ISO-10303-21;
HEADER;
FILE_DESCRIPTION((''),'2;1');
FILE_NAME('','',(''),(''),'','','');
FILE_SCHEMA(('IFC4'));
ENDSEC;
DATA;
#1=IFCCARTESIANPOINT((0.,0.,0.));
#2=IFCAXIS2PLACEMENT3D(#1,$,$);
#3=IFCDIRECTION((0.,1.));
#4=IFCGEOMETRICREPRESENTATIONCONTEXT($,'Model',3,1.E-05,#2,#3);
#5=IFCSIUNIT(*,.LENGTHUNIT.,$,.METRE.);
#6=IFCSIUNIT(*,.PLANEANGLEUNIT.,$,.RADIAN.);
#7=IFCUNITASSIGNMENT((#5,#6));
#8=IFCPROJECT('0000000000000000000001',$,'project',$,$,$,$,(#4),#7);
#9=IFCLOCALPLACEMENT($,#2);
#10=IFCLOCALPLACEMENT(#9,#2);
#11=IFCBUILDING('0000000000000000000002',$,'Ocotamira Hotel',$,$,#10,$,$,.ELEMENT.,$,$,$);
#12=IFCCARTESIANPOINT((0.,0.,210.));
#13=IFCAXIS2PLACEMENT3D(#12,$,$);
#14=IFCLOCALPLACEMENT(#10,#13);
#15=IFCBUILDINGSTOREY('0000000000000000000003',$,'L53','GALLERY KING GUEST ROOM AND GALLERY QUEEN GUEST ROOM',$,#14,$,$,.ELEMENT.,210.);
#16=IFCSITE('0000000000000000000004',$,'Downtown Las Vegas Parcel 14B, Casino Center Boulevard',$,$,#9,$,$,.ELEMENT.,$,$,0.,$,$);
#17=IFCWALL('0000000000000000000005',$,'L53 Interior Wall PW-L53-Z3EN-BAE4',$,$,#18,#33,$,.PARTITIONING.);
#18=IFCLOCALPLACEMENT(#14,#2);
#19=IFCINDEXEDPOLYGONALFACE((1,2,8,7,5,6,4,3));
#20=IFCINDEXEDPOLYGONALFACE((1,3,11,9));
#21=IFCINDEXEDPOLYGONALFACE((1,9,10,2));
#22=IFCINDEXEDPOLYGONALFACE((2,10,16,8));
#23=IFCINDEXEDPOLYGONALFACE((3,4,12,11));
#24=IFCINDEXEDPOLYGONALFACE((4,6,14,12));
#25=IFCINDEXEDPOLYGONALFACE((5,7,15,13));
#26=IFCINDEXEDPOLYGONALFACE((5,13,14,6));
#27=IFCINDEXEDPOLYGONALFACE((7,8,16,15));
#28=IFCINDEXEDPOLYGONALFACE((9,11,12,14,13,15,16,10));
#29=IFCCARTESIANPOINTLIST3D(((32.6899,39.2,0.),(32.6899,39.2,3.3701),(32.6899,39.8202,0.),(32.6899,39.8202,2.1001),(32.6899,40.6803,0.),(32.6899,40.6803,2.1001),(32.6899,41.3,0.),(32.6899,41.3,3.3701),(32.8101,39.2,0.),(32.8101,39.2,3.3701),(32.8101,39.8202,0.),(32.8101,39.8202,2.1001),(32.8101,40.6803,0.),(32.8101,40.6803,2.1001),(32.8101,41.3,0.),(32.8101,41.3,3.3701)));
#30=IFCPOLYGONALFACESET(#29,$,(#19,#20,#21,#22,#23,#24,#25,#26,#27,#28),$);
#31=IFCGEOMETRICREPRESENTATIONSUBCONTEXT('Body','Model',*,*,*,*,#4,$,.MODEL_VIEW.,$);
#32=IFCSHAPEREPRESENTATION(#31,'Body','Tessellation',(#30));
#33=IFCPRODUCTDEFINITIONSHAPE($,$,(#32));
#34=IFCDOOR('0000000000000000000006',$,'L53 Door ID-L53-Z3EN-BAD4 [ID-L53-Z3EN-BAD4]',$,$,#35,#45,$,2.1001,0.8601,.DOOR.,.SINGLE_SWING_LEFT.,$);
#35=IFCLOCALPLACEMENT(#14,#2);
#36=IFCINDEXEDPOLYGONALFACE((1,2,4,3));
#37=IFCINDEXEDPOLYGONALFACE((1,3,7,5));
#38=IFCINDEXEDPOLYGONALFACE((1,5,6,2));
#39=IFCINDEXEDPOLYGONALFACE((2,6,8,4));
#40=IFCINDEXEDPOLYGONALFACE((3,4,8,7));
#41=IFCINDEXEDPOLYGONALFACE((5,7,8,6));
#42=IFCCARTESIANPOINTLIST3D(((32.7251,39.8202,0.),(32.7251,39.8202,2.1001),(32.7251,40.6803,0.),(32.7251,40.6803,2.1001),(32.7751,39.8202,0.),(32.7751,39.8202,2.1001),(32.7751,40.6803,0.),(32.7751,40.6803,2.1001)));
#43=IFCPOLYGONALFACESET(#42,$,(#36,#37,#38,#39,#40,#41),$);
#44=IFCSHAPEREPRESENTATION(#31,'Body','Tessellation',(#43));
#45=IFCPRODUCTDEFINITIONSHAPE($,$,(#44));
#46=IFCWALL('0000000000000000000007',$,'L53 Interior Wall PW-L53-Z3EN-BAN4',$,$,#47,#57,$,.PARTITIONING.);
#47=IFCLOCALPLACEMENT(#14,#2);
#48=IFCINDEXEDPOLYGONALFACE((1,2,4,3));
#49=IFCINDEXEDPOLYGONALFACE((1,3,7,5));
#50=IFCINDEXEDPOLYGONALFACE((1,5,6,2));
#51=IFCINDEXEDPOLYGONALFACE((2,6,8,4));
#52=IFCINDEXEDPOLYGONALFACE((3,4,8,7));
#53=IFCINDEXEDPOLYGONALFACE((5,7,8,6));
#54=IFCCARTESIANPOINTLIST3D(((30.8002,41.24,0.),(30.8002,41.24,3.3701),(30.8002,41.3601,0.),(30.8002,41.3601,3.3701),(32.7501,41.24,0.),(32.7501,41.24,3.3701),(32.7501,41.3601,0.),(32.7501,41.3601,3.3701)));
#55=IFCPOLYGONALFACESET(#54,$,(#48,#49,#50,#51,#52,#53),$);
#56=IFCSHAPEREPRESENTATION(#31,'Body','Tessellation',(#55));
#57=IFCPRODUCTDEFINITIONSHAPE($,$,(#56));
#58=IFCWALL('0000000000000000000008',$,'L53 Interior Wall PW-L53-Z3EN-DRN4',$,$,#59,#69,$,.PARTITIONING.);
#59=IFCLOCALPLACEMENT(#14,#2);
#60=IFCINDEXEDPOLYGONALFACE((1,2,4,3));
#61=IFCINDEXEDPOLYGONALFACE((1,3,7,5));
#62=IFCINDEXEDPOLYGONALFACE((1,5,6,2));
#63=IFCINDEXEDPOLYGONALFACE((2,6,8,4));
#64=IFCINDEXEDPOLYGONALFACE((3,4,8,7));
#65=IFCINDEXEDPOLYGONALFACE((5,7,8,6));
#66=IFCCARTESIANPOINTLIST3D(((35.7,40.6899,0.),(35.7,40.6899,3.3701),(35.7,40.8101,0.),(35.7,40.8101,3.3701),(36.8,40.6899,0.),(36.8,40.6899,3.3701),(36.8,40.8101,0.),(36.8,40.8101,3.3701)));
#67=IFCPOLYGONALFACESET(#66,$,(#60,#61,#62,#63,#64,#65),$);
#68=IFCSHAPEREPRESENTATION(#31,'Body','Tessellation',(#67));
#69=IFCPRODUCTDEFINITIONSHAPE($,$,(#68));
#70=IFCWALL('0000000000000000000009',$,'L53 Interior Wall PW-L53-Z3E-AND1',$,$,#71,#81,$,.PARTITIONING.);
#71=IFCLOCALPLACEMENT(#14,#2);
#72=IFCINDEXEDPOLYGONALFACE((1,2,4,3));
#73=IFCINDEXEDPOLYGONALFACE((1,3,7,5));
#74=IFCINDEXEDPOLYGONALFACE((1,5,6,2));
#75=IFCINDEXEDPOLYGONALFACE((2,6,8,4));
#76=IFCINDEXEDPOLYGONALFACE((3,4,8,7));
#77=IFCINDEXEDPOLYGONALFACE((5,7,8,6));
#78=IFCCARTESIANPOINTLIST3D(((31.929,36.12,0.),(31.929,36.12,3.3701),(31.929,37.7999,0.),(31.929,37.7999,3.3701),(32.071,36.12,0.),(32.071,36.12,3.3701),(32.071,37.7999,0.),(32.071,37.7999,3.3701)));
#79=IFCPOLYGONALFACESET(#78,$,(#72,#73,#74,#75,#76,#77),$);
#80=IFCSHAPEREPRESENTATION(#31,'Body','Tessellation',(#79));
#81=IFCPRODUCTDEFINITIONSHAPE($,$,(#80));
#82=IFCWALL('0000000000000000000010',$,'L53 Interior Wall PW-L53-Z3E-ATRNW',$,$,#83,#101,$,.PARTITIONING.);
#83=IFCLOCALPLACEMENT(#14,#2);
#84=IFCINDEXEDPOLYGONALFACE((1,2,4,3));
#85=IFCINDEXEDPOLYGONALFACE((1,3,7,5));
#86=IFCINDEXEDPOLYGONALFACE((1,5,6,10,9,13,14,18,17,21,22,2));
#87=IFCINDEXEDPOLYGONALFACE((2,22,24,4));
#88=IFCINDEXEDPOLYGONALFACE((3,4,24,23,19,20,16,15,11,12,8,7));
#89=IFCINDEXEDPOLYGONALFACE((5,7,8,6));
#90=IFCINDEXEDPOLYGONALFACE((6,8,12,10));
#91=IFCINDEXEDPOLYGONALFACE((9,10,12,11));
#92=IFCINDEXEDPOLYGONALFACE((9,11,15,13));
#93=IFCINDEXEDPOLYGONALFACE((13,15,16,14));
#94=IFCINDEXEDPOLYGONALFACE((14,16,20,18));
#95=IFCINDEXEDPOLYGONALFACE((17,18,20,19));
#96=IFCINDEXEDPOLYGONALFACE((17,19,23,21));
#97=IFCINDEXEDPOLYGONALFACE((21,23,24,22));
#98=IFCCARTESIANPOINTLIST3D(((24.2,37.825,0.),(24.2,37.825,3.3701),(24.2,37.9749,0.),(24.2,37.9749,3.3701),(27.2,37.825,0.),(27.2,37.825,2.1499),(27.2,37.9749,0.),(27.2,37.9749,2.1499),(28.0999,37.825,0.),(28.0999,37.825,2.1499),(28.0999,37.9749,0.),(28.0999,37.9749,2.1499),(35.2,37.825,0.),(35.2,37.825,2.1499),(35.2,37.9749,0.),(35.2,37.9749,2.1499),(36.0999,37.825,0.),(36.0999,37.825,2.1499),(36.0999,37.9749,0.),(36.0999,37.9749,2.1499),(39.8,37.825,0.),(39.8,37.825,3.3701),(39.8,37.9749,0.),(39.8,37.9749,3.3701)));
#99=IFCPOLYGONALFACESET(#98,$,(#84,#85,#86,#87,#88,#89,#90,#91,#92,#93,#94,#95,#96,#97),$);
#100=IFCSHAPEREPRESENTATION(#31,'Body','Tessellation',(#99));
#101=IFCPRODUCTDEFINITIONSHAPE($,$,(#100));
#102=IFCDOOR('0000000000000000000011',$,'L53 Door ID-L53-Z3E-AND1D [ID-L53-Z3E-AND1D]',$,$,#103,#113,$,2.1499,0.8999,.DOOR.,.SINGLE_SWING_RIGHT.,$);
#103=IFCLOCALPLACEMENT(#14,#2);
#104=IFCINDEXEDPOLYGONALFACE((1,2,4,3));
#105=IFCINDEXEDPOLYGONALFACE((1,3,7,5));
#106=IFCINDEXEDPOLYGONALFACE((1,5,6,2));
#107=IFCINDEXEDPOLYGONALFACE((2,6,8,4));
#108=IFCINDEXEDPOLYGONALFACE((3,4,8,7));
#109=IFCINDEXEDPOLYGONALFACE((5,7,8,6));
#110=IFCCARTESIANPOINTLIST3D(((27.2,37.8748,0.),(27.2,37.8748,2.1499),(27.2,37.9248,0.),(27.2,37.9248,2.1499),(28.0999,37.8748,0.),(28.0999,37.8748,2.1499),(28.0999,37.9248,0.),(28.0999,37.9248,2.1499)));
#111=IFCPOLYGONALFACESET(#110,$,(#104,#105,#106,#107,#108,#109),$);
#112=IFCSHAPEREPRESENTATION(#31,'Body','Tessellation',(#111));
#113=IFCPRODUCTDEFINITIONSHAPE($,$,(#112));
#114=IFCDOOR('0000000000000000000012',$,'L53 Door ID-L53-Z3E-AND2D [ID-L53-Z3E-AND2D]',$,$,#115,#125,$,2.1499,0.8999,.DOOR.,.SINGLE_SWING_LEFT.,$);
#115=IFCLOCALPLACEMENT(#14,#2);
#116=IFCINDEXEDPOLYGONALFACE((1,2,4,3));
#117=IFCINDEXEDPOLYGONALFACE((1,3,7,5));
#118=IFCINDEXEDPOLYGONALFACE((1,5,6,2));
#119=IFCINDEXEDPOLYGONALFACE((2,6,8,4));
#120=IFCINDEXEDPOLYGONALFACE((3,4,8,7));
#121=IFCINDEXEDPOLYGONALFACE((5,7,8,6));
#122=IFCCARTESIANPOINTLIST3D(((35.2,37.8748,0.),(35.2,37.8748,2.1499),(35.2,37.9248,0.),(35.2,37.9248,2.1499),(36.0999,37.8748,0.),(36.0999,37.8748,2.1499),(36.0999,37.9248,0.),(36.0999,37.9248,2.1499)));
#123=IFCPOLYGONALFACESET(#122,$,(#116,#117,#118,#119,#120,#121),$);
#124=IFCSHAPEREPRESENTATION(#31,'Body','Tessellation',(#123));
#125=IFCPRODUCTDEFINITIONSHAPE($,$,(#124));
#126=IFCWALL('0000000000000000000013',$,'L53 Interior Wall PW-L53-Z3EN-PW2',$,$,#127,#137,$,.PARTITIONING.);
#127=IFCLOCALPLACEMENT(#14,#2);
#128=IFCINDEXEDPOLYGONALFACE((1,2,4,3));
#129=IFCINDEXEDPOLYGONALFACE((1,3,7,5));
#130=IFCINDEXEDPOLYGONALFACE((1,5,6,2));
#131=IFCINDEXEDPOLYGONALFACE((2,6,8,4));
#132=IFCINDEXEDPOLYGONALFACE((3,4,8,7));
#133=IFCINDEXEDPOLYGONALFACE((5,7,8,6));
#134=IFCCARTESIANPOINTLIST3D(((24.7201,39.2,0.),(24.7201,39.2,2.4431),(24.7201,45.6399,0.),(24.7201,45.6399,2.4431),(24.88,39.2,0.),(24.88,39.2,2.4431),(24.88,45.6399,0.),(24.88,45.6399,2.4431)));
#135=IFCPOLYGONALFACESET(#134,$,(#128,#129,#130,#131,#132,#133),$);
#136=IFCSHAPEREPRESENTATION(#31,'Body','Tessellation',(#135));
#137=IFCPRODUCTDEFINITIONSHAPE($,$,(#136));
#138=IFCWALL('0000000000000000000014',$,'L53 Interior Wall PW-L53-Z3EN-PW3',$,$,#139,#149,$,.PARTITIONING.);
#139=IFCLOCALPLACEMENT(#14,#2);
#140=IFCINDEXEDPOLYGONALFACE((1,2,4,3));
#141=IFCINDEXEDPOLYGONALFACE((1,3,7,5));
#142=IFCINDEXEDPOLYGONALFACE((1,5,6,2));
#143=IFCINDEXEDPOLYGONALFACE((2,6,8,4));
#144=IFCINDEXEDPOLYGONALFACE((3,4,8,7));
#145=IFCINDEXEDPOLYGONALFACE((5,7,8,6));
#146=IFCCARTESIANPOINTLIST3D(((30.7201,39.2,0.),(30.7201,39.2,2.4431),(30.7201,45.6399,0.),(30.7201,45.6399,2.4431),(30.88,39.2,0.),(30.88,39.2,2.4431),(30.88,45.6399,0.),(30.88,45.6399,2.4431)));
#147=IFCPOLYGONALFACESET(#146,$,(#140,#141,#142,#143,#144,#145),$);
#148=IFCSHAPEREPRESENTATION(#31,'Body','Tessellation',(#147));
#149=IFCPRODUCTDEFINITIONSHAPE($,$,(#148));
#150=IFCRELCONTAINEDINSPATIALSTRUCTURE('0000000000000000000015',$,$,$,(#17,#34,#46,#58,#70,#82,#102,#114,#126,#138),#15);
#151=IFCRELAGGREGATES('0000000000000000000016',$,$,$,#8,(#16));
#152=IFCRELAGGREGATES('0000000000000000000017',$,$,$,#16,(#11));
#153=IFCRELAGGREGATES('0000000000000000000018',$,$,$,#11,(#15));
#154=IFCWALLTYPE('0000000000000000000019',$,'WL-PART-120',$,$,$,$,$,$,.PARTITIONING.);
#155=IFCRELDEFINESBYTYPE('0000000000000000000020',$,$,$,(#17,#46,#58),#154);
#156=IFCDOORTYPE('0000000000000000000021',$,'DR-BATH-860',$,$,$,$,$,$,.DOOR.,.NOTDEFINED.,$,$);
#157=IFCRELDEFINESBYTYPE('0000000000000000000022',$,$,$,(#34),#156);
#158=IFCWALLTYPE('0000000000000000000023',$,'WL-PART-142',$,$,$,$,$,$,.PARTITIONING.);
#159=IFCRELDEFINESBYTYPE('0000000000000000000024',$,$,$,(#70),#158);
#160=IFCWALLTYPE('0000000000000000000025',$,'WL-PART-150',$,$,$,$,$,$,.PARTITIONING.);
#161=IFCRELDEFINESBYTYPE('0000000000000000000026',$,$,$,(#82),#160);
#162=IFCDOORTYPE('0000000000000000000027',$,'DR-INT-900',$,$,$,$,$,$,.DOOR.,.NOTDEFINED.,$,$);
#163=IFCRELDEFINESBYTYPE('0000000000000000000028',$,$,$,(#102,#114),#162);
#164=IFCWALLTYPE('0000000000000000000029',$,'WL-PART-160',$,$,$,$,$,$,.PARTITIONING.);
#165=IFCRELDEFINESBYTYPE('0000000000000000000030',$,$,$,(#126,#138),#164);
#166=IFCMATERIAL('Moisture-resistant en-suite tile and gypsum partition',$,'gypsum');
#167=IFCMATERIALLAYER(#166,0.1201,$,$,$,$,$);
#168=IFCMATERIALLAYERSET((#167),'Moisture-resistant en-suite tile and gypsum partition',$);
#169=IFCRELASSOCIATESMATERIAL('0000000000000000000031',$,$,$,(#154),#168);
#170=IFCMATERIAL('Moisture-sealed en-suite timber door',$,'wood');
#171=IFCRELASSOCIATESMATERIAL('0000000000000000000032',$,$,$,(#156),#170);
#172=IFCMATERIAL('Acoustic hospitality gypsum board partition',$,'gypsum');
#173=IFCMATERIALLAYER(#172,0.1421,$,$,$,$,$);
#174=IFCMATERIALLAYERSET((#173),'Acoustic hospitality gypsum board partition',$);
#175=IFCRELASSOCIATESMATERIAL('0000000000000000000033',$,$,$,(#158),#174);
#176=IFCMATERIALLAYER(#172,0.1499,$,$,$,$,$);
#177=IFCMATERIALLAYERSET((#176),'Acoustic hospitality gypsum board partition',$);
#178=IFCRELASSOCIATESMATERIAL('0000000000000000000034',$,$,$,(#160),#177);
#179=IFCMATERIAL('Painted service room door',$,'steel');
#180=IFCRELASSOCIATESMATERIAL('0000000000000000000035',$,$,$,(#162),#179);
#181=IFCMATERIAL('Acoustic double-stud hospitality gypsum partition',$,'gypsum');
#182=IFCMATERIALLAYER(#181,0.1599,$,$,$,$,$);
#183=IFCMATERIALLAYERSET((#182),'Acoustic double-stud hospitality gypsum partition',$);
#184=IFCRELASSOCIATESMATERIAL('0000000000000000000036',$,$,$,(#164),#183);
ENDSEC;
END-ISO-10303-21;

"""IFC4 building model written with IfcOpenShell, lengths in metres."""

from ifc_helpers import new_model, si_unit, direction, frame, frame_2d, origin, place, context, subcontext, project, spatial, rectangle, extrude, source, transform, mapped, material, layer, layer_set, type_object, element, fill, save


model = new_model("IFC4")

# Units and contexts
model_context = context("Model", 3, precision=1e-05, world=origin(), true_north=direction((0.0, 1.0)))
body_context = subcontext(model_context, "Body", "Model", "MODEL_VIEW")
ifc_project = project(units=[si_unit("LENGTHUNIT", "METRE"), si_unit("PLANEANGLEUNIT", "RADIAN")], contexts=[model_context])

# Site, building, storey
site_placement = place(None, origin())
site = spatial("IfcSite", under=ifc_project, at=site_placement, Name="Downtown Las Vegas Parcel 14B, Casino Center Boulevard", CompositionType="ELEMENT", RefElevation=0.0)
building_placement = place(site_placement, origin())
building = spatial("IfcBuilding", under=site, at=building_placement, Name="Ocotamira Hotel", CompositionType="ELEMENT")
storey_placement = place(building_placement, frame((0.0, 0.0, 210.0)))
storey = spatial("IfcBuildingStorey", under=building, at=storey_placement, Name="L53", Description="GALLERY KING GUEST ROOM AND GALLERY QUEEN GUEST ROOM", CompositionType="ELEMENT", Elevation=210.0)

# Shared definitions
ifc_material_1 = material(Name="Moisture-resistant en-suite tile and gypsum partition", Category="gypsum")
ifc_layer_1 = layer(ifc_material_1, 0.1201)
ifc_layer_set_1 = layer_set([ifc_layer_1], Name="Moisture-resistant en-suite tile and gypsum partition")
wall_type_1 = type_object("IfcWallType", Name="WL-PART-120", PredefinedType="PARTITIONING", material=ifc_layer_set_1)

# Wall, opening, door
wall_1_placement = place(storey_placement, frame((32.75, 39.2, 0.0), z_axis=(0.0, 0.0, 1.0), x_axis=(0.0, 1.0, 0.0)))
wall_1 = element("IfcWall", 1, at=wall_1_placement, inside=storey, type_object=wall_type_1, Name="L53 Interior Wall PW-L53-Z3EN-BAE4", PredefinedType="PARTITIONING", context=body_context, shape_type="SweptSolid", body=[
    extrude(rectangle(XDim=2.1001, YDim=0.1201, at=frame_2d((1.05, 0.0))), origin(), (0.0, 0.0, 1.0), 3.3701),
])
opening_1_placement = place(wall_1_placement, frame((0.6201, 0.0, 0.0)))
opening_1 = element("IfcOpeningElement", 2, at=opening_1_placement, cuts=wall_1, PredefinedType="OPENING", context=body_context, shape_type="SweptSolid", body=[
    extrude(rectangle(XDim=0.8601, YDim=2.1001, at=frame_2d((0.4302, 1.05))), frame((0.0, 0.0701, 0.0), z_axis=(0.0, -1.0, 0.0), x_axis=(1.0, 0.0, 0.0)), (0.0, 0.0, 1.0), 0.1401),
])
ifc_material_2 = material(Name="Moisture-sealed en-suite timber door", Category="wood")
door_type_1 = type_object("IfcDoorType", Name="DR-BATH-860", OperationType="NOTDEFINED", PredefinedType="DOOR", material=ifc_material_2)
shared_shape_1 = source(origin(), body_context, "Body", "SweptSolid", [
    extrude(rectangle(XDim=0.8601, YDim=2.1001, at=frame_2d((0.4302, 1.05))), frame((0.0, 0.0249, 0.0), z_axis=(0.0, -1.0, 0.0), x_axis=(1.0, 0.0, 0.0)), (0.0, 0.0, 1.0), 0.05),
])
door_1_placement = place(opening_1_placement, origin())
door_1 = element("IfcDoor", 3, at=door_1_placement, inside=storey, type_object=door_type_1, Name="L53 Door ID-L53-Z3EN-BAD4 [ID-L53-Z3EN-BAD4]", OperationType="SINGLE_SWING_LEFT", OverallHeight=2.1001, OverallWidth=0.8601, PredefinedType="DOOR", context=body_context, shape_type="MappedRepresentation", body=[
    mapped(shared_shape_1, transform((0.0, 0.0, 0.0), scale=1.0)),
])
fill(opening_1, door_1)

# Walls
wall_2_placement = place(storey_placement, frame((30.8, 41.3, 0.0), z_axis=(0.0, 0.0, 1.0), x_axis=(1.0, 0.0, 0.0)))
element("IfcWall", 4, at=wall_2_placement, inside=storey, type_object=wall_type_1, Name="L53 Interior Wall PW-L53-Z3EN-BAN4", PredefinedType="PARTITIONING", context=body_context, shape_type="SweptSolid", body=[
    extrude(rectangle(XDim=1.95, YDim=0.1201, at=frame_2d((0.9751, 0.0))), origin(), (0.0, 0.0, 1.0), 3.3701),
])
wall_3_placement = place(storey_placement, frame((35.7, 40.75, 0.0), z_axis=(0.0, 0.0, 1.0), x_axis=(1.0, 0.0, 0.0)))
element("IfcWall", 5, at=wall_3_placement, inside=storey, type_object=wall_type_1, Name="L53 Interior Wall PW-L53-Z3EN-DRN4", PredefinedType="PARTITIONING", context=body_context, shape_type="SweptSolid", body=[
    extrude(rectangle(XDim=1.1001, YDim=0.1201, at=frame_2d((0.55, 0.0))), origin(), (0.0, 0.0, 1.0), 3.3701),
])
ifc_material_3 = material(Name="Acoustic hospitality gypsum board partition", Category="gypsum")
ifc_layer_2 = layer(ifc_material_3, 0.1421)
ifc_layer_set_2 = layer_set([ifc_layer_2], Name="Acoustic hospitality gypsum board partition")
wall_type_2 = type_object("IfcWallType", Name="WL-PART-142", PredefinedType="PARTITIONING", material=ifc_layer_set_2)
wall_4_placement = place(storey_placement, frame((32.0, 36.1201, 0.0), z_axis=(0.0, 0.0, 1.0), x_axis=(0.0, 1.0, 0.0)))
element("IfcWall", 6, at=wall_4_placement, inside=storey, type_object=wall_type_2, Name="L53 Interior Wall PW-L53-Z3E-AND1", PredefinedType="PARTITIONING", context=body_context, shape_type="SweptSolid", body=[
    extrude(rectangle(XDim=1.6799, YDim=0.1421, at=frame_2d((0.8398, 0.0))), origin(), (0.0, 0.0, 1.0), 3.3701),
])

# Wall, openings, doors
ifc_layer_3 = layer(ifc_material_3, 0.1499)
ifc_layer_set_3 = layer_set([ifc_layer_3], Name="Acoustic hospitality gypsum board partition")
wall_type_3 = type_object("IfcWallType", Name="WL-PART-150", PredefinedType="PARTITIONING", material=ifc_layer_set_3)
wall_5_placement = place(storey_placement, frame((24.2, 37.8999, 0.0), z_axis=(0.0, 0.0, 1.0), x_axis=(1.0, 0.0, 0.0)))
wall_5 = element("IfcWall", 7, at=wall_5_placement, inside=storey, type_object=wall_type_3, Name="L53 Interior Wall PW-L53-Z3E-ATRNW", PredefinedType="PARTITIONING", context=body_context, shape_type="SweptSolid", body=[
    extrude(rectangle(XDim=15.6001, YDim=0.1499, at=frame_2d((7.8, 0.0))), origin(), (0.0, 0.0, 1.0), 3.3701),
])
opening_2_placement = place(wall_5_placement, frame((3.0, 0.0, 0.0)))
opening_2 = element("IfcOpeningElement", 8, at=opening_2_placement, cuts=wall_5, PredefinedType="OPENING", context=body_context, shape_type="SweptSolid", body=[
    extrude(rectangle(XDim=0.8999, YDim=2.1499, at=frame_2d((0.45, 1.075))), frame((0.0, 0.085, 0.0), z_axis=(0.0, -1.0, 0.0), x_axis=(1.0, 0.0, 0.0)), (0.0, 0.0, 1.0), 0.1699),
])
opening_3_placement = place(wall_5_placement, frame((11.0, 0.0, 0.0)))
opening_3 = element("IfcOpeningElement", 9, at=opening_3_placement, cuts=wall_5, PredefinedType="OPENING", context=body_context, shape_type="SweptSolid", body=[
    extrude(rectangle(XDim=0.8999, YDim=2.1499, at=frame_2d((0.45, 1.075))), frame((0.0, 0.085, 0.0), z_axis=(0.0, -1.0, 0.0), x_axis=(1.0, 0.0, 0.0)), (0.0, 0.0, 1.0), 0.1699),
])
ifc_material_4 = material(Name="Painted service room door", Category="steel")
door_type_2 = type_object("IfcDoorType", Name="DR-INT-900", OperationType="NOTDEFINED", PredefinedType="DOOR", material=ifc_material_4)
shared_shape_2 = source(origin(), body_context, "Body", "SweptSolid", [
    extrude(rectangle(XDim=0.8999, YDim=2.1499, at=frame_2d((0.45, 1.075))), frame((0.0, 0.0249, 0.0), z_axis=(0.0, -1.0, 0.0), x_axis=(1.0, 0.0, 0.0)), (0.0, 0.0, 1.0), 0.05),
])
door_2_placement = place(opening_2_placement, origin())
door_2 = element("IfcDoor", 10, at=door_2_placement, inside=storey, type_object=door_type_2, Name="L53 Door ID-L53-Z3E-AND1D [ID-L53-Z3E-AND1D]", OperationType="SINGLE_SWING_RIGHT", OverallHeight=2.1499, OverallWidth=0.8999, PredefinedType="DOOR", context=body_context, shape_type="MappedRepresentation", body=[
    mapped(shared_shape_2, transform((0.0, 0.0, 0.0), scale=1.0)),
])
fill(opening_2, door_2)
door_3_placement = place(opening_3_placement, origin())
door_3 = element("IfcDoor", 11, at=door_3_placement, inside=storey, type_object=door_type_2, Name="L53 Door ID-L53-Z3E-AND2D [ID-L53-Z3E-AND2D]", OperationType="SINGLE_SWING_LEFT", OverallHeight=2.1499, OverallWidth=0.8999, PredefinedType="DOOR", context=body_context, shape_type="MappedRepresentation", body=[
    mapped(shared_shape_2, transform((0.0, 0.0, 0.0), scale=1.0)),
])
fill(opening_3, door_3)

# Walls
ifc_material_5 = material(Name="Acoustic double-stud hospitality gypsum partition", Category="gypsum")
ifc_layer_4 = layer(ifc_material_5, 0.1599)
ifc_layer_set_4 = layer_set([ifc_layer_4], Name="Acoustic double-stud hospitality gypsum partition")
wall_type_4 = type_object("IfcWallType", Name="WL-PART-160", PredefinedType="PARTITIONING", material=ifc_layer_set_4)
for number, where, z_axis, x_axis, name in (
    (12, (24.8, 39.2, 0.0), (0.0, 0.0, 1.0), (0.0, 1.0, 0.0), "L53 Interior Wall PW-L53-Z3EN-PW2"),
    (13, (30.8, 39.2, 0.0), (0.0, 0.0, 1.0), (0.0, 1.0, 0.0), "L53 Interior Wall PW-L53-Z3EN-PW3"),
):
    element("IfcWall", number, at=place(storey_placement, frame(where, z_axis=z_axis, x_axis=x_axis)), inside=storey, type_object=wall_type_4, Name=name, PredefinedType="PARTITIONING", context=body_context, shape_type="SweptSolid", body=[
        extrude(rectangle(XDim=6.4399, YDim=0.1599, at=frame_2d((3.22, 0.0))), origin(), (0.0, 0.0, 1.0), 2.4431),
    ])

save(model, "model.ifc")
